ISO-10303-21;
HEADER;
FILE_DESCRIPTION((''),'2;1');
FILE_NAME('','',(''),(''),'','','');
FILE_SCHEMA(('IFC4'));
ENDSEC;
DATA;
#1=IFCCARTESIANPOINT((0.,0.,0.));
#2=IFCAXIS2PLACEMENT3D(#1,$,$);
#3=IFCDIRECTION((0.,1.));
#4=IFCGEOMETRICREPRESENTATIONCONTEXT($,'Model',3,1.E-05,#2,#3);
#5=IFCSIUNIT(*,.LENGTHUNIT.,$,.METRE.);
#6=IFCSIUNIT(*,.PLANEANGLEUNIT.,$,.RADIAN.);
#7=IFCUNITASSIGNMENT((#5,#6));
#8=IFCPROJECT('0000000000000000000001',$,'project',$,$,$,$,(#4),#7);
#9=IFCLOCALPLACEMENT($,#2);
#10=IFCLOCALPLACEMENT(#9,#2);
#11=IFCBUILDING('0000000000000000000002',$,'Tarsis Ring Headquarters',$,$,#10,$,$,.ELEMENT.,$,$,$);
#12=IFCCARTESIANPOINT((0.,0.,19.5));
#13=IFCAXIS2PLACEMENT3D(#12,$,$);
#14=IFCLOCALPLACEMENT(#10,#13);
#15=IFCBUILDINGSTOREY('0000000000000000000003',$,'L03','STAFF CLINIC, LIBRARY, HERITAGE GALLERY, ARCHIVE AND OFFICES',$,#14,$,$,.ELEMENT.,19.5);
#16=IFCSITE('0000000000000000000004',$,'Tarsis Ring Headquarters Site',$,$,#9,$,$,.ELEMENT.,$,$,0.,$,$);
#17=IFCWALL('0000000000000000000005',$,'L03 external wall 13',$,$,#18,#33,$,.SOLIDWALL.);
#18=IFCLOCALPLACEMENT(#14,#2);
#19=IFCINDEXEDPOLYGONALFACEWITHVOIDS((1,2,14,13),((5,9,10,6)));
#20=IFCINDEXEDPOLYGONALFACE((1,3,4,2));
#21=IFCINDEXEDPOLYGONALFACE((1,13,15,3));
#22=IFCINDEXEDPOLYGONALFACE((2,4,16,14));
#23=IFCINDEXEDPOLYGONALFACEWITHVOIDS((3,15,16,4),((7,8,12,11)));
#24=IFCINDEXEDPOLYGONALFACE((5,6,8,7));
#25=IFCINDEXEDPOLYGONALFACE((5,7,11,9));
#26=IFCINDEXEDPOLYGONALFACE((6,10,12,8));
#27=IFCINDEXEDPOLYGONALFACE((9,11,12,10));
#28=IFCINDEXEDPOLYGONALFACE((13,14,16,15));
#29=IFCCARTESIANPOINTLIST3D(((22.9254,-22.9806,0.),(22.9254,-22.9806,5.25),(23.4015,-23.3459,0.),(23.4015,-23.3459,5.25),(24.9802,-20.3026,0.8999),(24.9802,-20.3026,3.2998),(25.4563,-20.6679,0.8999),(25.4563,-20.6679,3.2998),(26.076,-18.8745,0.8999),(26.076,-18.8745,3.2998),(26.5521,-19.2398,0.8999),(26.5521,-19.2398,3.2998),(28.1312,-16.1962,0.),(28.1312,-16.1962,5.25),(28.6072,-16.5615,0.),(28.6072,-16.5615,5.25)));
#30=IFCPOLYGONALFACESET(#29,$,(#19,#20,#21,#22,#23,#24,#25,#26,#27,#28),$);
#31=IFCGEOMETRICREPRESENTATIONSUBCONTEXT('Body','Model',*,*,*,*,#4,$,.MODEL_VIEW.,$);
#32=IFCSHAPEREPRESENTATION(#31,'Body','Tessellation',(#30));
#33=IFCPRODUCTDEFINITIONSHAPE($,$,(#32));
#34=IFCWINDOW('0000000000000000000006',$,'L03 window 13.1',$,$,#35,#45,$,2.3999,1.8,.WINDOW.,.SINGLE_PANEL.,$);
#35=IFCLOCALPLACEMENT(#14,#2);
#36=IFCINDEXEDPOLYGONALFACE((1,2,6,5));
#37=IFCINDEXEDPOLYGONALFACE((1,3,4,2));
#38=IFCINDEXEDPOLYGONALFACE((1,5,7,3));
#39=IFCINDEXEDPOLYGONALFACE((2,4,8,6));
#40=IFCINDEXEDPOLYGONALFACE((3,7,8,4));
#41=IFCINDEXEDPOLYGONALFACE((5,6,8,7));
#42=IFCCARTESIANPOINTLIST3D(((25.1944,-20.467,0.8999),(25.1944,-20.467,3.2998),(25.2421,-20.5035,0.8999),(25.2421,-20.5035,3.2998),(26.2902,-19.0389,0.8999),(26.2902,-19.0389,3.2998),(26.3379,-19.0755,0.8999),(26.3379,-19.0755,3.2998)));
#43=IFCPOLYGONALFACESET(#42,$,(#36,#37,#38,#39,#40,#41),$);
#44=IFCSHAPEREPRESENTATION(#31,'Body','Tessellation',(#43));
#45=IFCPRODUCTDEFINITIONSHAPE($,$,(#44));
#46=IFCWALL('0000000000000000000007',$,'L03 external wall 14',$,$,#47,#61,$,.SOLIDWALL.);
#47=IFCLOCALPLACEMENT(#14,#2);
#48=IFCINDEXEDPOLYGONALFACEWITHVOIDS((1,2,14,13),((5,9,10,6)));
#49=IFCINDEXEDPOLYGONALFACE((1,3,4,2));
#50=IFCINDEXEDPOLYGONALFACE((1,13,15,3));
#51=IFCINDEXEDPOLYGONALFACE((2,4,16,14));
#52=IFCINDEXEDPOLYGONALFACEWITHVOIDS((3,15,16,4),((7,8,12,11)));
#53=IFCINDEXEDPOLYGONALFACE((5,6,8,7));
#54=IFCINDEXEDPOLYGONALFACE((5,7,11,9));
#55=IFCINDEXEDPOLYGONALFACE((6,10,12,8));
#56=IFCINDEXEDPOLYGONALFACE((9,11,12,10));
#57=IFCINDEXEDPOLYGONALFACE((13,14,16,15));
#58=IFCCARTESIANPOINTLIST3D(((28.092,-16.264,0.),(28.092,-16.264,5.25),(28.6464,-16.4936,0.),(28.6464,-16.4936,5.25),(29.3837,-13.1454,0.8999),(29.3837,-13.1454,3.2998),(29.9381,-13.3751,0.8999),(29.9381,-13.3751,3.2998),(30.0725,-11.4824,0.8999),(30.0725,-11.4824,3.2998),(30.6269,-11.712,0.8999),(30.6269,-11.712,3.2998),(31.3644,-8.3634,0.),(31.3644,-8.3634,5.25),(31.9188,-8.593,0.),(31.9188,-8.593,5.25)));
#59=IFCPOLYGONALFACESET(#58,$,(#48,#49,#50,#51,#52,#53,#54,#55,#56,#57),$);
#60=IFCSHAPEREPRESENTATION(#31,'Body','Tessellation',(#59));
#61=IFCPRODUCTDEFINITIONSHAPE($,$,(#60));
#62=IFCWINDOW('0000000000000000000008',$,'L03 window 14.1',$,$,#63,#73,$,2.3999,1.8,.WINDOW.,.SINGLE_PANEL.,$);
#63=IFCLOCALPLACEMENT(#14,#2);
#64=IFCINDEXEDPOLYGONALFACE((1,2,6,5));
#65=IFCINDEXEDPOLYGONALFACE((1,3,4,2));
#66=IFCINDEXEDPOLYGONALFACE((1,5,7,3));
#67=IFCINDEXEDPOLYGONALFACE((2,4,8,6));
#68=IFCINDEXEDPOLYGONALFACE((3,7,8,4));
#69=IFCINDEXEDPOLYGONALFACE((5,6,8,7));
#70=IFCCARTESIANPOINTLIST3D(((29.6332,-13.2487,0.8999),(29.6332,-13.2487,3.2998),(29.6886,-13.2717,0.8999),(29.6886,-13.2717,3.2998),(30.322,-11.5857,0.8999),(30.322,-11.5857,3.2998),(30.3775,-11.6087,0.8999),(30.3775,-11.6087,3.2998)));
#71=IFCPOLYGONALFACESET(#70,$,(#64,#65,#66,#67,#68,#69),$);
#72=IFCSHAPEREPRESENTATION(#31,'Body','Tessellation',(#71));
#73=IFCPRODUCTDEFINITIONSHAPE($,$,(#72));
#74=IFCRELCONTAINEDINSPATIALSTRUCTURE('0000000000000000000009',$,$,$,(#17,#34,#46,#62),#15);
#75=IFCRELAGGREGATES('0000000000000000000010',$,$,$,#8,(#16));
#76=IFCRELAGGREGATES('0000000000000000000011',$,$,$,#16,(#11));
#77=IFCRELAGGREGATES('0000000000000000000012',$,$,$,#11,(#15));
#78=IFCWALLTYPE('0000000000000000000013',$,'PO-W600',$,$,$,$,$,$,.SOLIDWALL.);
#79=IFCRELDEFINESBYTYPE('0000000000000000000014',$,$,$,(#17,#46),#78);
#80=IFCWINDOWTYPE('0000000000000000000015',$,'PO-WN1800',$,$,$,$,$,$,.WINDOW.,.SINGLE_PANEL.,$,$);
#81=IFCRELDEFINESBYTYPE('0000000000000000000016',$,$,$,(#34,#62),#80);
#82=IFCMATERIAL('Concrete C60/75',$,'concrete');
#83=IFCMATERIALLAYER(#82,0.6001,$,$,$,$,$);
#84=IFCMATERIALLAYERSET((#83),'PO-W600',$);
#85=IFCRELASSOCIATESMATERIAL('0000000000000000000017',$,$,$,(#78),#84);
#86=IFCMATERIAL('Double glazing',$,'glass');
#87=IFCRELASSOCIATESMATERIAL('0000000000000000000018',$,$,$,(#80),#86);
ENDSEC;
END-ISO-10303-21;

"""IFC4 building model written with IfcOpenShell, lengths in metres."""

from ifc_helpers import new_model, si_unit, direction, frame, frame_2d, origin, place, context, subcontext, project, spatial, rectangle, extrude, material, layer, layer_set, type_object, element, fill, save


model = new_model("IFC4")

# Units and contexts
model_context = context("Model", 3, precision=1e-05, world=origin(), true_north=direction((0.0, 1.0)))
body_context = subcontext(model_context, "Body", "Model", "MODEL_VIEW")
ifc_project = project(units=[si_unit("LENGTHUNIT", "METRE"), si_unit("PLANEANGLEUNIT", "RADIAN")], contexts=[model_context])

# Site, building, storey
site_placement = place(None, origin())
site = spatial("IfcSite", under=ifc_project, at=site_placement, Name="Tarsis Ring Headquarters Site", CompositionType="ELEMENT", RefElevation=0.0)
building_placement = place(site_placement, origin())
building = spatial("IfcBuilding", under=site, at=building_placement, Name="Tarsis Ring Headquarters", CompositionType="ELEMENT")
storey_placement = place(building_placement, frame((0.0, 0.0, 19.5)))
storey = spatial("IfcBuildingStorey", under=building, at=storey_placement, Name="L03", Description="STAFF CLINIC, LIBRARY, HERITAGE GALLERY, ARCHIVE AND OFFICES", CompositionType="ELEMENT", Elevation=19.5)

# Shared definitions
ifc_material_1 = material(Name="Concrete C60/75", Category="concrete")

# Walls, openings, windows
ifc_layer_1 = layer(ifc_material_1, 0.6001)
ifc_layer_set_1 = layer_set([ifc_layer_1], Name="PO-W600")
wall_type_1 = type_object("IfcWallType", Name="PO-W600", PredefinedType="SOLIDWALL", material=ifc_layer_set_1)
ifc_material_2 = material(Name="Double glazing", Category="glass")
window_type = type_object("IfcWindowType", Name="PO-WN1800", PartitioningType="SINGLE_PANEL", PredefinedType="WINDOW", material=ifc_material_2)
wall_1_placement = place(storey_placement, frame((23.1633, -23.1633, 0.0), z_axis=(0.0, 0.0, 1.0), x_axis=(0.608757, 0.793357, 0.0)))
wall_1 = element("IfcWall", 1, at=wall_1_placement, inside=storey, type_object=wall_type_1, Name="L03 external wall 13", PredefinedType="SOLIDWALL", context=body_context, shape_type="SweptSolid", body=[
    extrude(rectangle(XDim=8.5515, YDim=0.6001, at=frame_2d((4.2759, 0.0))), origin(), (0.0, 0.0, 1.0), 5.25),
])
opening_1_placement = place(wall_1_placement, frame((3.3757, 0.0, 0.8999)))
opening_1 = element("IfcOpeningElement", 2, at=opening_1_placement, cuts=wall_1, PredefinedType="OPENING", context=body_context, shape_type="SweptSolid", body=[
    extrude(rectangle(XDim=1.8, YDim=2.3999, at=frame_2d((0.8999, 1.2))), frame((0.0, 0.3101, 0.0), z_axis=(0.0, -1.0, 0.0), x_axis=(1.0, 0.0, 0.0)), (0.0, 0.0, 1.0), 0.6201),
])
window_1_placement = place(opening_1_placement, origin())
window_1 = element("IfcWindow", 3, at=window_1_placement, inside=storey, type_object=window_type, Name="L03 window 13.1", OverallHeight=2.3999, OverallWidth=1.8, PartitioningType="SINGLE_PANEL", PredefinedType="WINDOW", context=body_context, shape_type="SweptSolid", body=[
    extrude(rectangle(XDim=1.8, YDim=2.3999, at=frame_2d((0.8999, 1.2))), frame((0.0, 0.03, 0.0), z_axis=(0.0, -1.0, 0.0), x_axis=(1.0, 0.0, 0.0)), (0.0, 0.0, 1.0), 0.0601),
])
fill(opening_1, window_1)
wall_2_placement = place(storey_placement, frame((28.3691, -16.3789, 0.0), z_axis=(0.0, 0.0, 1.0), x_axis=(0.382675, 0.923883, 0.0)))
wall_2 = element("IfcWall", 4, at=wall_2_placement, inside=storey, type_object=wall_type_1, Name="L03 external wall 14", PredefinedType="SOLIDWALL", context=body_context, shape_type="SweptSolid", body=[
    extrude(rectangle(XDim=8.5515, YDim=0.6001, at=frame_2d((4.2759, 0.0))), origin(), (0.0, 0.0, 1.0), 5.25),
])
opening_2_placement = place(wall_2_placement, frame((3.3757, 0.0, 0.8999)))
opening_2 = element("IfcOpeningElement", 5, at=opening_2_placement, cuts=wall_2, PredefinedType="OPENING", context=body_context, shape_type="SweptSolid", body=[
    extrude(rectangle(XDim=1.8, YDim=2.3999, at=frame_2d((0.8999, 1.2))), frame((0.0, 0.3101, 0.0), z_axis=(0.0, -1.0, 0.0), x_axis=(1.0, 0.0, 0.0)), (0.0, 0.0, 1.0), 0.6201),
])
window_2_placement = place(opening_2_placement, origin())
window_2 = element("IfcWindow", 6, at=window_2_placement, inside=storey, type_object=window_type, Name="L03 window 14.1", OverallHeight=2.3999, OverallWidth=1.8, PartitioningType="SINGLE_PANEL", PredefinedType="WINDOW", context=body_context, shape_type="SweptSolid", body=[
    extrude(rectangle(XDim=1.8, YDim=2.3999, at=frame_2d((0.8999, 1.2))), frame((0.0, 0.03, 0.0), z_axis=(0.0, -1.0, 0.0), x_axis=(1.0, 0.0, 0.0)), (0.0, 0.0, 1.0), 0.0601),
])
fill(opening_2, window_2)

save(model, "model.ifc")
